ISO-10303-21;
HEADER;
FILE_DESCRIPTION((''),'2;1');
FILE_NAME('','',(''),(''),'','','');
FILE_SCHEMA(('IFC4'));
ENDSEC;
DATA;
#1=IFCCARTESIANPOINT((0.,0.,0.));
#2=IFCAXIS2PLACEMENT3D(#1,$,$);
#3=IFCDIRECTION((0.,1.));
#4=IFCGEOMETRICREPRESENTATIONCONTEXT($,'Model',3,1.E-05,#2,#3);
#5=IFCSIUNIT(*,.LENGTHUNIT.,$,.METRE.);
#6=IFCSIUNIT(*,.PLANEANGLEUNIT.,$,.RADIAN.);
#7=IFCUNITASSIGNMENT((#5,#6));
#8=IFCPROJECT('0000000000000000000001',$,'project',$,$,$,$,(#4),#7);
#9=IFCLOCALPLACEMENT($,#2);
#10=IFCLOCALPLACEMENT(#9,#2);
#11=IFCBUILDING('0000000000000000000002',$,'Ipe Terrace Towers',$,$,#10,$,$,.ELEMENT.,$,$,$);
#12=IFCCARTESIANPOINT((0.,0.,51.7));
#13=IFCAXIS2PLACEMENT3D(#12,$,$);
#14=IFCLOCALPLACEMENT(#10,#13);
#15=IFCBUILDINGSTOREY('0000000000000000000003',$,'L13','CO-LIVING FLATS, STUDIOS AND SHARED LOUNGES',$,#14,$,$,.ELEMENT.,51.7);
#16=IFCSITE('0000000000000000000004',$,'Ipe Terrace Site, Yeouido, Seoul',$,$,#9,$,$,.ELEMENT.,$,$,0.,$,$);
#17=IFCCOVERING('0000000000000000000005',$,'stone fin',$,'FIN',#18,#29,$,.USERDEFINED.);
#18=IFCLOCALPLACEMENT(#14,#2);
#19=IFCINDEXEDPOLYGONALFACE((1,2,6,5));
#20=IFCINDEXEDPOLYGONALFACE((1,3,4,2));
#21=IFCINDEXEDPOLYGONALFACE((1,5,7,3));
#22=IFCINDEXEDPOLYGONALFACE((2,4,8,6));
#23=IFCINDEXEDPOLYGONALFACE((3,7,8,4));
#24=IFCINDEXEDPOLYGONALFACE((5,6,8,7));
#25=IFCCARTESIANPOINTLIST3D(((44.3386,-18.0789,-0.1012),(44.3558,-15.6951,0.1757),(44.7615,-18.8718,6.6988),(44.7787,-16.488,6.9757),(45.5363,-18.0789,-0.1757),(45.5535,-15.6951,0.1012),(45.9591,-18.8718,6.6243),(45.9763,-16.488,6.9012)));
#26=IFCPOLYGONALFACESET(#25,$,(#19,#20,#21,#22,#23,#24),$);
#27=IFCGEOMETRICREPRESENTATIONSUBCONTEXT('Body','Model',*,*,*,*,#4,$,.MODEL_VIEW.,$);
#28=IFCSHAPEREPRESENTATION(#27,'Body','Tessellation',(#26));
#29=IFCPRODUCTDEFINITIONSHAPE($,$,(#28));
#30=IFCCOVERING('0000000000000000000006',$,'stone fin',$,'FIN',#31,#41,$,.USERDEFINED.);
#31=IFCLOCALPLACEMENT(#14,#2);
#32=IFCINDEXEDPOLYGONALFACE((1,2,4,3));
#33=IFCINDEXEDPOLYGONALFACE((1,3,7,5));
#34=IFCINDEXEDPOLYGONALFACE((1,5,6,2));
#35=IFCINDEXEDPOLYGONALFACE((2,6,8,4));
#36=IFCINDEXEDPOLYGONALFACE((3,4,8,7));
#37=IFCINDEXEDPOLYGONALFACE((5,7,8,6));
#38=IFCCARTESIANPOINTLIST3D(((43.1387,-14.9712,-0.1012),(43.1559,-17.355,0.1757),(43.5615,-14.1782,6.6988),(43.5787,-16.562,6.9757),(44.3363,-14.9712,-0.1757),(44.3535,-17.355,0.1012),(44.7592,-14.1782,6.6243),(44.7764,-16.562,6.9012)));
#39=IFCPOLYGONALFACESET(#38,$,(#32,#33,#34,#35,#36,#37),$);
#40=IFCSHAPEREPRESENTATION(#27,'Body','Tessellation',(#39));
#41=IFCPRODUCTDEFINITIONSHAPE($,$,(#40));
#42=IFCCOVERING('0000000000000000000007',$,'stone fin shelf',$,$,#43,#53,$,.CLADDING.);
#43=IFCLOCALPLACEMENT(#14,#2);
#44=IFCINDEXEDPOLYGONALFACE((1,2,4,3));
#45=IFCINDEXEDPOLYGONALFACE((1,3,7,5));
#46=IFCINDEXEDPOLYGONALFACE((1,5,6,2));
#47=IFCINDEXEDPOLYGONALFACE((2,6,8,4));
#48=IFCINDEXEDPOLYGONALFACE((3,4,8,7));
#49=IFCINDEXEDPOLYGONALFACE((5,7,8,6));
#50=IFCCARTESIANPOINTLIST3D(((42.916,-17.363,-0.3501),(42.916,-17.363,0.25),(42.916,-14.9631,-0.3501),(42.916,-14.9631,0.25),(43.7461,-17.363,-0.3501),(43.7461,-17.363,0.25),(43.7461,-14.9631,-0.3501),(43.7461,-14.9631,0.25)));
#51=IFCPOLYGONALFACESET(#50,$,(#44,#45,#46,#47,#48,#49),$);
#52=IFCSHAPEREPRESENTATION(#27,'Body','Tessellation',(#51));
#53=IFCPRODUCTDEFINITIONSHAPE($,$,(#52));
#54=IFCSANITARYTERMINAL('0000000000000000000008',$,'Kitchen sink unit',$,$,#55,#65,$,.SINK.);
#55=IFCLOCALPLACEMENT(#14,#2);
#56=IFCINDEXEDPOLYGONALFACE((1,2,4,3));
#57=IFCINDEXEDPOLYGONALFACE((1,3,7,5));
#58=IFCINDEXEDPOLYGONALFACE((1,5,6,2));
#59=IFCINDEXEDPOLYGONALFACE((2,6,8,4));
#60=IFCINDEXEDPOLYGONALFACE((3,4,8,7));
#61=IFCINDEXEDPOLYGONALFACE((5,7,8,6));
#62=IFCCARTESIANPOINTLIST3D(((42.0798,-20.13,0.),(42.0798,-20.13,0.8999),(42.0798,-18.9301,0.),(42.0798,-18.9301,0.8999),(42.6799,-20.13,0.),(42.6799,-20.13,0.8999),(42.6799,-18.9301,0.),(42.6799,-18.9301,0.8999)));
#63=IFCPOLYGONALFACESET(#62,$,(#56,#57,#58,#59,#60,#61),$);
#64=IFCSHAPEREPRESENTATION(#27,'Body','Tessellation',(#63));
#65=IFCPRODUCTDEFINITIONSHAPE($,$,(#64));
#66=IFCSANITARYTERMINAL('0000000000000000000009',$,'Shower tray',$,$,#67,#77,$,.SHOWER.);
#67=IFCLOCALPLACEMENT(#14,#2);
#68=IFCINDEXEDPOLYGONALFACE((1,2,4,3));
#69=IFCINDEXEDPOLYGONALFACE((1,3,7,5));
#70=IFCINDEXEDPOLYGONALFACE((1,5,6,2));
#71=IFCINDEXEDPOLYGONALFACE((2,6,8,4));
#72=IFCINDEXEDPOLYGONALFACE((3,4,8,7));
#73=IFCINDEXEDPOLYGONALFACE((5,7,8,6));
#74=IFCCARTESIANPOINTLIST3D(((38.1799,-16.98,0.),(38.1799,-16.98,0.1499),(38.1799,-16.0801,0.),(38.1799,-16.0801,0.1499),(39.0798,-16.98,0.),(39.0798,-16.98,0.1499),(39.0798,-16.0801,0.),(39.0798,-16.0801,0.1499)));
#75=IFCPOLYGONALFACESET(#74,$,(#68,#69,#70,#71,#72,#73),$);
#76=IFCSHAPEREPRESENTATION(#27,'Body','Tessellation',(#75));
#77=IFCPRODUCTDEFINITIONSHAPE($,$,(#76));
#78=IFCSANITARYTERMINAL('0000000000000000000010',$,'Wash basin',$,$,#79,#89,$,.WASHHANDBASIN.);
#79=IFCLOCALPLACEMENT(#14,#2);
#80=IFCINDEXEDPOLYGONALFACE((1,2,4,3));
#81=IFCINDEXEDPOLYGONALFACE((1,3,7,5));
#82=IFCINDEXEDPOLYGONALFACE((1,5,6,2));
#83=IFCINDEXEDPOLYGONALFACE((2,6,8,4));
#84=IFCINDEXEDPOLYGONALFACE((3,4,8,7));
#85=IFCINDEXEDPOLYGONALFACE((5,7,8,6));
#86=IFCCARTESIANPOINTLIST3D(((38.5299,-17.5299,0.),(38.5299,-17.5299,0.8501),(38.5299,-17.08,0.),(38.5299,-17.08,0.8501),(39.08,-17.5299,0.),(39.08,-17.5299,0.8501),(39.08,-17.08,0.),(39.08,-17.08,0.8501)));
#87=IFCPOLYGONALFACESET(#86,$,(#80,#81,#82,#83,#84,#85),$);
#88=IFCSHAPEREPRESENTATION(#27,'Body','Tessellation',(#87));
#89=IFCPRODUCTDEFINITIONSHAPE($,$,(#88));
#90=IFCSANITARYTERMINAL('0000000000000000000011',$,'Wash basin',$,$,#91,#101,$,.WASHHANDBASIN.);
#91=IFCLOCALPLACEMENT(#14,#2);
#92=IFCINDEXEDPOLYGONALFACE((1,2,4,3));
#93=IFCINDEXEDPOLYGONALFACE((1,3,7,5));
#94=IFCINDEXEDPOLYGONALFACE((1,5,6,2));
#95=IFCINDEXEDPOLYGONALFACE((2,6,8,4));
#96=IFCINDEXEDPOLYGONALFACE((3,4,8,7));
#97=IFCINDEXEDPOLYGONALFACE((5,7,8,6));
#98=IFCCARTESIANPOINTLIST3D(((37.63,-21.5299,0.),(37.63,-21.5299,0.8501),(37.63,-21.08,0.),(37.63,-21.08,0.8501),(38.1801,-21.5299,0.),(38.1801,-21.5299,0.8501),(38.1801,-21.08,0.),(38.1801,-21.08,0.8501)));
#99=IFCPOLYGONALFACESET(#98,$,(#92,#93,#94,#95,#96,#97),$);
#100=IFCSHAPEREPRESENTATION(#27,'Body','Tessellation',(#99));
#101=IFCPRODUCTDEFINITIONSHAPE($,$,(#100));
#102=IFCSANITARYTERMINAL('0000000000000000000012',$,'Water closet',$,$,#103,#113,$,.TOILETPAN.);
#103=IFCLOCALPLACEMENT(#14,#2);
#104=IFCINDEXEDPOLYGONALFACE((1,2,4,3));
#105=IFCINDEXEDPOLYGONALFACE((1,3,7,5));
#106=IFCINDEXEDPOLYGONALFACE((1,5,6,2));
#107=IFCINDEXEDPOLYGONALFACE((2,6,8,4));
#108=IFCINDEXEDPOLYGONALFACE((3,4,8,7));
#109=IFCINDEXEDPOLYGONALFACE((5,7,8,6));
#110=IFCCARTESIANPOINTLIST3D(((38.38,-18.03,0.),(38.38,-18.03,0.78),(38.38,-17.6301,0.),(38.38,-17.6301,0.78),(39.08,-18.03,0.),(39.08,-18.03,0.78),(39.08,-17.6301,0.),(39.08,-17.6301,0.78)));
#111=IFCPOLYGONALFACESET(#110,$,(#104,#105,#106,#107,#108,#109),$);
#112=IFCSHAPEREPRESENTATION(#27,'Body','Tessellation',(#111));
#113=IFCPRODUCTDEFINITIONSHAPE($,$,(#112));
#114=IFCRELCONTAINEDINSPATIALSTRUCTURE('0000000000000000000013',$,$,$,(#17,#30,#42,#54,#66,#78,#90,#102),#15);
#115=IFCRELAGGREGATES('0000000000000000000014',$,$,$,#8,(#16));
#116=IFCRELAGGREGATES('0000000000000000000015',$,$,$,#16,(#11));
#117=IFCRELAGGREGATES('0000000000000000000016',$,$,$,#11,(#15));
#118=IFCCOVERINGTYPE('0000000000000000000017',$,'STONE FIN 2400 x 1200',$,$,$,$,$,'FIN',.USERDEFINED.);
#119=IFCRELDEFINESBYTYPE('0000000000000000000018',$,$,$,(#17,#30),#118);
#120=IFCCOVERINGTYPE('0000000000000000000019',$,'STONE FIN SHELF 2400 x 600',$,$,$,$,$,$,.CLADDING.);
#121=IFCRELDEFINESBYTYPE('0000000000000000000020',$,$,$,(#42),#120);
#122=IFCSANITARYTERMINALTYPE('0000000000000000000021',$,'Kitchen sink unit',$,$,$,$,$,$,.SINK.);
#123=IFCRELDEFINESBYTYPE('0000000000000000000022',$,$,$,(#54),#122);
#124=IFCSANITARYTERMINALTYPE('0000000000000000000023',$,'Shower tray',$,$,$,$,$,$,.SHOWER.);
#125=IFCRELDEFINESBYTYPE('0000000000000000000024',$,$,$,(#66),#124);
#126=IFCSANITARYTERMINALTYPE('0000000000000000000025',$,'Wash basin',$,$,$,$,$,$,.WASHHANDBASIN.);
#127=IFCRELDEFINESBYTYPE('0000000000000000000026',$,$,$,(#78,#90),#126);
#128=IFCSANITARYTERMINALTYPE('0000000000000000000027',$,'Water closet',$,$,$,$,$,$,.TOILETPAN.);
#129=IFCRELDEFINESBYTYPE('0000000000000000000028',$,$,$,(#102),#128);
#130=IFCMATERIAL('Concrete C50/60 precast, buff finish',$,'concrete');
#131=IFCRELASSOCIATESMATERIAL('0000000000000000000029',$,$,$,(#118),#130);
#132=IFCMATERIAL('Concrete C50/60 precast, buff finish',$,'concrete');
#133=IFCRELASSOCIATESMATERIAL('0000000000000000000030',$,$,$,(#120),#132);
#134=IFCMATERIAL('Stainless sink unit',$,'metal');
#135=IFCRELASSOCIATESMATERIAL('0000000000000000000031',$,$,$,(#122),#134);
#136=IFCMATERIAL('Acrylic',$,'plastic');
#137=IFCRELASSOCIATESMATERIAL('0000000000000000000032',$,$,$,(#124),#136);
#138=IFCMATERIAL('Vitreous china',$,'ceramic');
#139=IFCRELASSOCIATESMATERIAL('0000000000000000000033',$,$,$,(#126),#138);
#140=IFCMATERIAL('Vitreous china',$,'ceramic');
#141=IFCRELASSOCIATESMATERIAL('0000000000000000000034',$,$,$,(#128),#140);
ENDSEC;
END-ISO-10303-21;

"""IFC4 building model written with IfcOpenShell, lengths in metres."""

from ifc_helpers import new_model, si_unit, direction, frame, origin, origin_2d, place, context, subcontext, project, spatial, rectangle, extrude, material, material_profile, profile_set, type_object, element, save


model = new_model("IFC4")

# Units and contexts
model_context = context("Model", 3, precision=1e-05, world=origin(), true_north=direction((0.0, 1.0)))
body_context = subcontext(model_context, "Body", "Model", "MODEL_VIEW")
ifc_project = project(units=[si_unit("LENGTHUNIT", "METRE"), si_unit("PLANEANGLEUNIT", "RADIAN")], contexts=[model_context])

# Site, building, storey
site_placement = place(None, origin())
site = spatial("IfcSite", under=ifc_project, at=site_placement, Name="Ipe Terrace Site, Yeouido, Seoul", CompositionType="ELEMENT", RefElevation=0.0)
building_placement = place(site_placement, origin())
building = spatial("IfcBuilding", under=site, at=building_placement, Name="Ipe Terrace Towers", CompositionType="ELEMENT")
storey_placement = place(building_placement, frame((0.0, 0.0, 51.7)))
storey = spatial("IfcBuildingStorey", under=building, at=storey_placement, Name="L13", Description="CO-LIVING FLATS, STUDIOS AND SHARED LOUNGES", CompositionType="ELEMENT", Elevation=51.7)

# Coverings
ifc_material_1 = material(Name="Concrete C50/60 precast, buff finish", Category="concrete")
ifc_material_profile_1 = material_profile(ifc_material_1, rectangle(XDim=2.3999, YDim=1.2, at=origin_2d()), Name="STONE FIN 2400 x 1200")
ifc_profile_set_1 = profile_set([ifc_material_profile_1], Name="Concrete C50/60 precast, buff finish")
covering_type_1 = type_object("IfcCoveringType", Name="STONE FIN 2400 x 1200", ElementType="FIN", PredefinedType="USERDEFINED", material=ifc_profile_set_1)
for number, where, z_axis, x_axis, name in (
    (1, (44.946, -16.887, 0.0), (0.061648, -0.115607, 0.99138), (0.007175, 0.993295, 0.115384), "stone fin"),
    (2, (43.7461, -16.1631, 0.0), (0.061648, 0.115607, 0.99138), (-0.007175, 0.993295, -0.115384), "stone fin"),
):
    element("IfcCovering", number, at=place(storey_placement, frame(where, z_axis=z_axis, x_axis=x_axis)), inside=storey, type_object=covering_type_1, Name=name, ObjectType="FIN", PredefinedType="USERDEFINED", context=body_context, shape_type="SweptSolid", body=[
        extrude(rectangle(XDim=2.3999, YDim=1.2, at=origin_2d()), origin(), (0.0, 0.0, 1.0), 6.8591),
    ])
ifc_material_2 = material(Name="Concrete C50/60 precast, buff finish", Category="concrete")
covering_type_2 = type_object("IfcCoveringType", Name="STONE FIN SHELF 2400 x 600", PredefinedType="CLADDING", material=ifc_material_2)
covering_placement = place(storey_placement, frame((43.3311, -16.1631, -0.3501), z_axis=(0.0, 0.0, 1.0), x_axis=(0.0, 1.0, 0.0)))
element("IfcCovering", 3, at=covering_placement, inside=storey, type_object=covering_type_2, Name="stone fin shelf", PredefinedType="CLADDING", context=body_context, shape_type="SweptSolid", body=[
    extrude(rectangle(XDim=2.3999, YDim=0.8301, at=origin_2d()), origin(), (0.0, 0.0, 1.0), 0.6001),
])

# Sanitary terminals
ifc_material_3 = material(Name="Stainless sink unit", Category="metal")
sanitary_terminal_type_1 = type_object("IfcSanitaryTerminalType", Name="Kitchen sink unit", PredefinedType="SINK", material=ifc_material_3)
sanitary_terminal_1_placement = place(storey_placement, frame((42.3799, -19.53, 0.0), z_axis=(0.0, 0.0, 1.0), x_axis=(0.0, -1.0, 0.0)))
element("IfcSanitaryTerminal", 4, at=sanitary_terminal_1_placement, inside=storey, type_object=sanitary_terminal_type_1, Name="Kitchen sink unit", PredefinedType="SINK", context=body_context, shape_type="SweptSolid", body=[
    extrude(rectangle(XDim=1.2, YDim=0.6001, at=origin_2d()), origin(), (0.0, 0.0, 1.0), 0.8999),
])
ifc_material_4 = material(Name="Acrylic", Category="plastic")
sanitary_terminal_type_2 = type_object("IfcSanitaryTerminalType", Name="Shower tray", PredefinedType="SHOWER", material=ifc_material_4)
sanitary_terminal_2_placement = place(storey_placement, frame((38.6299, -16.53, 0.0), z_axis=(0.0, 0.0, 1.0), x_axis=(-1.0, 0.0, 0.0)))
element("IfcSanitaryTerminal", 5, at=sanitary_terminal_2_placement, inside=storey, type_object=sanitary_terminal_type_2, Name="Shower tray", PredefinedType="SHOWER", context=body_context, shape_type="SweptSolid", body=[
    extrude(rectangle(XDim=0.8999, YDim=0.8999, at=origin_2d()), origin(), (0.0, 0.0, 1.0), 0.1499),
])
ifc_material_5 = material(Name="Vitreous china", Category="ceramic")
sanitary_terminal_type_3 = type_object("IfcSanitaryTerminalType", Name="Wash basin", PredefinedType="WASHHANDBASIN", material=ifc_material_5)
for number, where, z_axis, x_axis, name in (
    (6, (38.8049, -17.3049, 0.0), (0.0, 0.0, 1.0), (-1.0, 0.0, 0.0), "Wash basin"),
    (7, (37.905, -21.3049, 0.0), (0.0, 0.0, 1.0), (-1.0, 0.0, 0.0), "Wash basin"),
):
    element("IfcSanitaryTerminal", number, at=place(storey_placement, frame(where, z_axis=z_axis, x_axis=x_axis)), inside=storey, type_object=sanitary_terminal_type_3, Name=name, PredefinedType="WASHHANDBASIN", context=body_context, shape_type="SweptSolid", body=[
        extrude(rectangle(XDim=0.55, YDim=0.45, at=origin_2d()), origin(), (0.0, 0.0, 1.0), 0.8501),
    ])
ifc_material_6 = material(Name="Vitreous china", Category="ceramic")
sanitary_terminal_type_4 = type_object("IfcSanitaryTerminalType", Name="Water closet", PredefinedType="TOILETPAN", material=ifc_material_6)
sanitary_terminal_3_placement = place(storey_placement, frame((38.73, -17.8301, 0.0), z_axis=(0.0, 0.0, 1.0), x_axis=(-1.0, 0.0, 0.0)))
element("IfcSanitaryTerminal", 8, at=sanitary_terminal_3_placement, inside=storey, type_object=sanitary_terminal_type_4, Name="Water closet", PredefinedType="TOILETPAN", context=body_context, shape_type="SweptSolid", body=[
    extrude(rectangle(XDim=0.7, YDim=0.3999, at=origin_2d()), origin(), (0.0, 0.0, 1.0), 0.78),
])

save(model, "model.ifc")
